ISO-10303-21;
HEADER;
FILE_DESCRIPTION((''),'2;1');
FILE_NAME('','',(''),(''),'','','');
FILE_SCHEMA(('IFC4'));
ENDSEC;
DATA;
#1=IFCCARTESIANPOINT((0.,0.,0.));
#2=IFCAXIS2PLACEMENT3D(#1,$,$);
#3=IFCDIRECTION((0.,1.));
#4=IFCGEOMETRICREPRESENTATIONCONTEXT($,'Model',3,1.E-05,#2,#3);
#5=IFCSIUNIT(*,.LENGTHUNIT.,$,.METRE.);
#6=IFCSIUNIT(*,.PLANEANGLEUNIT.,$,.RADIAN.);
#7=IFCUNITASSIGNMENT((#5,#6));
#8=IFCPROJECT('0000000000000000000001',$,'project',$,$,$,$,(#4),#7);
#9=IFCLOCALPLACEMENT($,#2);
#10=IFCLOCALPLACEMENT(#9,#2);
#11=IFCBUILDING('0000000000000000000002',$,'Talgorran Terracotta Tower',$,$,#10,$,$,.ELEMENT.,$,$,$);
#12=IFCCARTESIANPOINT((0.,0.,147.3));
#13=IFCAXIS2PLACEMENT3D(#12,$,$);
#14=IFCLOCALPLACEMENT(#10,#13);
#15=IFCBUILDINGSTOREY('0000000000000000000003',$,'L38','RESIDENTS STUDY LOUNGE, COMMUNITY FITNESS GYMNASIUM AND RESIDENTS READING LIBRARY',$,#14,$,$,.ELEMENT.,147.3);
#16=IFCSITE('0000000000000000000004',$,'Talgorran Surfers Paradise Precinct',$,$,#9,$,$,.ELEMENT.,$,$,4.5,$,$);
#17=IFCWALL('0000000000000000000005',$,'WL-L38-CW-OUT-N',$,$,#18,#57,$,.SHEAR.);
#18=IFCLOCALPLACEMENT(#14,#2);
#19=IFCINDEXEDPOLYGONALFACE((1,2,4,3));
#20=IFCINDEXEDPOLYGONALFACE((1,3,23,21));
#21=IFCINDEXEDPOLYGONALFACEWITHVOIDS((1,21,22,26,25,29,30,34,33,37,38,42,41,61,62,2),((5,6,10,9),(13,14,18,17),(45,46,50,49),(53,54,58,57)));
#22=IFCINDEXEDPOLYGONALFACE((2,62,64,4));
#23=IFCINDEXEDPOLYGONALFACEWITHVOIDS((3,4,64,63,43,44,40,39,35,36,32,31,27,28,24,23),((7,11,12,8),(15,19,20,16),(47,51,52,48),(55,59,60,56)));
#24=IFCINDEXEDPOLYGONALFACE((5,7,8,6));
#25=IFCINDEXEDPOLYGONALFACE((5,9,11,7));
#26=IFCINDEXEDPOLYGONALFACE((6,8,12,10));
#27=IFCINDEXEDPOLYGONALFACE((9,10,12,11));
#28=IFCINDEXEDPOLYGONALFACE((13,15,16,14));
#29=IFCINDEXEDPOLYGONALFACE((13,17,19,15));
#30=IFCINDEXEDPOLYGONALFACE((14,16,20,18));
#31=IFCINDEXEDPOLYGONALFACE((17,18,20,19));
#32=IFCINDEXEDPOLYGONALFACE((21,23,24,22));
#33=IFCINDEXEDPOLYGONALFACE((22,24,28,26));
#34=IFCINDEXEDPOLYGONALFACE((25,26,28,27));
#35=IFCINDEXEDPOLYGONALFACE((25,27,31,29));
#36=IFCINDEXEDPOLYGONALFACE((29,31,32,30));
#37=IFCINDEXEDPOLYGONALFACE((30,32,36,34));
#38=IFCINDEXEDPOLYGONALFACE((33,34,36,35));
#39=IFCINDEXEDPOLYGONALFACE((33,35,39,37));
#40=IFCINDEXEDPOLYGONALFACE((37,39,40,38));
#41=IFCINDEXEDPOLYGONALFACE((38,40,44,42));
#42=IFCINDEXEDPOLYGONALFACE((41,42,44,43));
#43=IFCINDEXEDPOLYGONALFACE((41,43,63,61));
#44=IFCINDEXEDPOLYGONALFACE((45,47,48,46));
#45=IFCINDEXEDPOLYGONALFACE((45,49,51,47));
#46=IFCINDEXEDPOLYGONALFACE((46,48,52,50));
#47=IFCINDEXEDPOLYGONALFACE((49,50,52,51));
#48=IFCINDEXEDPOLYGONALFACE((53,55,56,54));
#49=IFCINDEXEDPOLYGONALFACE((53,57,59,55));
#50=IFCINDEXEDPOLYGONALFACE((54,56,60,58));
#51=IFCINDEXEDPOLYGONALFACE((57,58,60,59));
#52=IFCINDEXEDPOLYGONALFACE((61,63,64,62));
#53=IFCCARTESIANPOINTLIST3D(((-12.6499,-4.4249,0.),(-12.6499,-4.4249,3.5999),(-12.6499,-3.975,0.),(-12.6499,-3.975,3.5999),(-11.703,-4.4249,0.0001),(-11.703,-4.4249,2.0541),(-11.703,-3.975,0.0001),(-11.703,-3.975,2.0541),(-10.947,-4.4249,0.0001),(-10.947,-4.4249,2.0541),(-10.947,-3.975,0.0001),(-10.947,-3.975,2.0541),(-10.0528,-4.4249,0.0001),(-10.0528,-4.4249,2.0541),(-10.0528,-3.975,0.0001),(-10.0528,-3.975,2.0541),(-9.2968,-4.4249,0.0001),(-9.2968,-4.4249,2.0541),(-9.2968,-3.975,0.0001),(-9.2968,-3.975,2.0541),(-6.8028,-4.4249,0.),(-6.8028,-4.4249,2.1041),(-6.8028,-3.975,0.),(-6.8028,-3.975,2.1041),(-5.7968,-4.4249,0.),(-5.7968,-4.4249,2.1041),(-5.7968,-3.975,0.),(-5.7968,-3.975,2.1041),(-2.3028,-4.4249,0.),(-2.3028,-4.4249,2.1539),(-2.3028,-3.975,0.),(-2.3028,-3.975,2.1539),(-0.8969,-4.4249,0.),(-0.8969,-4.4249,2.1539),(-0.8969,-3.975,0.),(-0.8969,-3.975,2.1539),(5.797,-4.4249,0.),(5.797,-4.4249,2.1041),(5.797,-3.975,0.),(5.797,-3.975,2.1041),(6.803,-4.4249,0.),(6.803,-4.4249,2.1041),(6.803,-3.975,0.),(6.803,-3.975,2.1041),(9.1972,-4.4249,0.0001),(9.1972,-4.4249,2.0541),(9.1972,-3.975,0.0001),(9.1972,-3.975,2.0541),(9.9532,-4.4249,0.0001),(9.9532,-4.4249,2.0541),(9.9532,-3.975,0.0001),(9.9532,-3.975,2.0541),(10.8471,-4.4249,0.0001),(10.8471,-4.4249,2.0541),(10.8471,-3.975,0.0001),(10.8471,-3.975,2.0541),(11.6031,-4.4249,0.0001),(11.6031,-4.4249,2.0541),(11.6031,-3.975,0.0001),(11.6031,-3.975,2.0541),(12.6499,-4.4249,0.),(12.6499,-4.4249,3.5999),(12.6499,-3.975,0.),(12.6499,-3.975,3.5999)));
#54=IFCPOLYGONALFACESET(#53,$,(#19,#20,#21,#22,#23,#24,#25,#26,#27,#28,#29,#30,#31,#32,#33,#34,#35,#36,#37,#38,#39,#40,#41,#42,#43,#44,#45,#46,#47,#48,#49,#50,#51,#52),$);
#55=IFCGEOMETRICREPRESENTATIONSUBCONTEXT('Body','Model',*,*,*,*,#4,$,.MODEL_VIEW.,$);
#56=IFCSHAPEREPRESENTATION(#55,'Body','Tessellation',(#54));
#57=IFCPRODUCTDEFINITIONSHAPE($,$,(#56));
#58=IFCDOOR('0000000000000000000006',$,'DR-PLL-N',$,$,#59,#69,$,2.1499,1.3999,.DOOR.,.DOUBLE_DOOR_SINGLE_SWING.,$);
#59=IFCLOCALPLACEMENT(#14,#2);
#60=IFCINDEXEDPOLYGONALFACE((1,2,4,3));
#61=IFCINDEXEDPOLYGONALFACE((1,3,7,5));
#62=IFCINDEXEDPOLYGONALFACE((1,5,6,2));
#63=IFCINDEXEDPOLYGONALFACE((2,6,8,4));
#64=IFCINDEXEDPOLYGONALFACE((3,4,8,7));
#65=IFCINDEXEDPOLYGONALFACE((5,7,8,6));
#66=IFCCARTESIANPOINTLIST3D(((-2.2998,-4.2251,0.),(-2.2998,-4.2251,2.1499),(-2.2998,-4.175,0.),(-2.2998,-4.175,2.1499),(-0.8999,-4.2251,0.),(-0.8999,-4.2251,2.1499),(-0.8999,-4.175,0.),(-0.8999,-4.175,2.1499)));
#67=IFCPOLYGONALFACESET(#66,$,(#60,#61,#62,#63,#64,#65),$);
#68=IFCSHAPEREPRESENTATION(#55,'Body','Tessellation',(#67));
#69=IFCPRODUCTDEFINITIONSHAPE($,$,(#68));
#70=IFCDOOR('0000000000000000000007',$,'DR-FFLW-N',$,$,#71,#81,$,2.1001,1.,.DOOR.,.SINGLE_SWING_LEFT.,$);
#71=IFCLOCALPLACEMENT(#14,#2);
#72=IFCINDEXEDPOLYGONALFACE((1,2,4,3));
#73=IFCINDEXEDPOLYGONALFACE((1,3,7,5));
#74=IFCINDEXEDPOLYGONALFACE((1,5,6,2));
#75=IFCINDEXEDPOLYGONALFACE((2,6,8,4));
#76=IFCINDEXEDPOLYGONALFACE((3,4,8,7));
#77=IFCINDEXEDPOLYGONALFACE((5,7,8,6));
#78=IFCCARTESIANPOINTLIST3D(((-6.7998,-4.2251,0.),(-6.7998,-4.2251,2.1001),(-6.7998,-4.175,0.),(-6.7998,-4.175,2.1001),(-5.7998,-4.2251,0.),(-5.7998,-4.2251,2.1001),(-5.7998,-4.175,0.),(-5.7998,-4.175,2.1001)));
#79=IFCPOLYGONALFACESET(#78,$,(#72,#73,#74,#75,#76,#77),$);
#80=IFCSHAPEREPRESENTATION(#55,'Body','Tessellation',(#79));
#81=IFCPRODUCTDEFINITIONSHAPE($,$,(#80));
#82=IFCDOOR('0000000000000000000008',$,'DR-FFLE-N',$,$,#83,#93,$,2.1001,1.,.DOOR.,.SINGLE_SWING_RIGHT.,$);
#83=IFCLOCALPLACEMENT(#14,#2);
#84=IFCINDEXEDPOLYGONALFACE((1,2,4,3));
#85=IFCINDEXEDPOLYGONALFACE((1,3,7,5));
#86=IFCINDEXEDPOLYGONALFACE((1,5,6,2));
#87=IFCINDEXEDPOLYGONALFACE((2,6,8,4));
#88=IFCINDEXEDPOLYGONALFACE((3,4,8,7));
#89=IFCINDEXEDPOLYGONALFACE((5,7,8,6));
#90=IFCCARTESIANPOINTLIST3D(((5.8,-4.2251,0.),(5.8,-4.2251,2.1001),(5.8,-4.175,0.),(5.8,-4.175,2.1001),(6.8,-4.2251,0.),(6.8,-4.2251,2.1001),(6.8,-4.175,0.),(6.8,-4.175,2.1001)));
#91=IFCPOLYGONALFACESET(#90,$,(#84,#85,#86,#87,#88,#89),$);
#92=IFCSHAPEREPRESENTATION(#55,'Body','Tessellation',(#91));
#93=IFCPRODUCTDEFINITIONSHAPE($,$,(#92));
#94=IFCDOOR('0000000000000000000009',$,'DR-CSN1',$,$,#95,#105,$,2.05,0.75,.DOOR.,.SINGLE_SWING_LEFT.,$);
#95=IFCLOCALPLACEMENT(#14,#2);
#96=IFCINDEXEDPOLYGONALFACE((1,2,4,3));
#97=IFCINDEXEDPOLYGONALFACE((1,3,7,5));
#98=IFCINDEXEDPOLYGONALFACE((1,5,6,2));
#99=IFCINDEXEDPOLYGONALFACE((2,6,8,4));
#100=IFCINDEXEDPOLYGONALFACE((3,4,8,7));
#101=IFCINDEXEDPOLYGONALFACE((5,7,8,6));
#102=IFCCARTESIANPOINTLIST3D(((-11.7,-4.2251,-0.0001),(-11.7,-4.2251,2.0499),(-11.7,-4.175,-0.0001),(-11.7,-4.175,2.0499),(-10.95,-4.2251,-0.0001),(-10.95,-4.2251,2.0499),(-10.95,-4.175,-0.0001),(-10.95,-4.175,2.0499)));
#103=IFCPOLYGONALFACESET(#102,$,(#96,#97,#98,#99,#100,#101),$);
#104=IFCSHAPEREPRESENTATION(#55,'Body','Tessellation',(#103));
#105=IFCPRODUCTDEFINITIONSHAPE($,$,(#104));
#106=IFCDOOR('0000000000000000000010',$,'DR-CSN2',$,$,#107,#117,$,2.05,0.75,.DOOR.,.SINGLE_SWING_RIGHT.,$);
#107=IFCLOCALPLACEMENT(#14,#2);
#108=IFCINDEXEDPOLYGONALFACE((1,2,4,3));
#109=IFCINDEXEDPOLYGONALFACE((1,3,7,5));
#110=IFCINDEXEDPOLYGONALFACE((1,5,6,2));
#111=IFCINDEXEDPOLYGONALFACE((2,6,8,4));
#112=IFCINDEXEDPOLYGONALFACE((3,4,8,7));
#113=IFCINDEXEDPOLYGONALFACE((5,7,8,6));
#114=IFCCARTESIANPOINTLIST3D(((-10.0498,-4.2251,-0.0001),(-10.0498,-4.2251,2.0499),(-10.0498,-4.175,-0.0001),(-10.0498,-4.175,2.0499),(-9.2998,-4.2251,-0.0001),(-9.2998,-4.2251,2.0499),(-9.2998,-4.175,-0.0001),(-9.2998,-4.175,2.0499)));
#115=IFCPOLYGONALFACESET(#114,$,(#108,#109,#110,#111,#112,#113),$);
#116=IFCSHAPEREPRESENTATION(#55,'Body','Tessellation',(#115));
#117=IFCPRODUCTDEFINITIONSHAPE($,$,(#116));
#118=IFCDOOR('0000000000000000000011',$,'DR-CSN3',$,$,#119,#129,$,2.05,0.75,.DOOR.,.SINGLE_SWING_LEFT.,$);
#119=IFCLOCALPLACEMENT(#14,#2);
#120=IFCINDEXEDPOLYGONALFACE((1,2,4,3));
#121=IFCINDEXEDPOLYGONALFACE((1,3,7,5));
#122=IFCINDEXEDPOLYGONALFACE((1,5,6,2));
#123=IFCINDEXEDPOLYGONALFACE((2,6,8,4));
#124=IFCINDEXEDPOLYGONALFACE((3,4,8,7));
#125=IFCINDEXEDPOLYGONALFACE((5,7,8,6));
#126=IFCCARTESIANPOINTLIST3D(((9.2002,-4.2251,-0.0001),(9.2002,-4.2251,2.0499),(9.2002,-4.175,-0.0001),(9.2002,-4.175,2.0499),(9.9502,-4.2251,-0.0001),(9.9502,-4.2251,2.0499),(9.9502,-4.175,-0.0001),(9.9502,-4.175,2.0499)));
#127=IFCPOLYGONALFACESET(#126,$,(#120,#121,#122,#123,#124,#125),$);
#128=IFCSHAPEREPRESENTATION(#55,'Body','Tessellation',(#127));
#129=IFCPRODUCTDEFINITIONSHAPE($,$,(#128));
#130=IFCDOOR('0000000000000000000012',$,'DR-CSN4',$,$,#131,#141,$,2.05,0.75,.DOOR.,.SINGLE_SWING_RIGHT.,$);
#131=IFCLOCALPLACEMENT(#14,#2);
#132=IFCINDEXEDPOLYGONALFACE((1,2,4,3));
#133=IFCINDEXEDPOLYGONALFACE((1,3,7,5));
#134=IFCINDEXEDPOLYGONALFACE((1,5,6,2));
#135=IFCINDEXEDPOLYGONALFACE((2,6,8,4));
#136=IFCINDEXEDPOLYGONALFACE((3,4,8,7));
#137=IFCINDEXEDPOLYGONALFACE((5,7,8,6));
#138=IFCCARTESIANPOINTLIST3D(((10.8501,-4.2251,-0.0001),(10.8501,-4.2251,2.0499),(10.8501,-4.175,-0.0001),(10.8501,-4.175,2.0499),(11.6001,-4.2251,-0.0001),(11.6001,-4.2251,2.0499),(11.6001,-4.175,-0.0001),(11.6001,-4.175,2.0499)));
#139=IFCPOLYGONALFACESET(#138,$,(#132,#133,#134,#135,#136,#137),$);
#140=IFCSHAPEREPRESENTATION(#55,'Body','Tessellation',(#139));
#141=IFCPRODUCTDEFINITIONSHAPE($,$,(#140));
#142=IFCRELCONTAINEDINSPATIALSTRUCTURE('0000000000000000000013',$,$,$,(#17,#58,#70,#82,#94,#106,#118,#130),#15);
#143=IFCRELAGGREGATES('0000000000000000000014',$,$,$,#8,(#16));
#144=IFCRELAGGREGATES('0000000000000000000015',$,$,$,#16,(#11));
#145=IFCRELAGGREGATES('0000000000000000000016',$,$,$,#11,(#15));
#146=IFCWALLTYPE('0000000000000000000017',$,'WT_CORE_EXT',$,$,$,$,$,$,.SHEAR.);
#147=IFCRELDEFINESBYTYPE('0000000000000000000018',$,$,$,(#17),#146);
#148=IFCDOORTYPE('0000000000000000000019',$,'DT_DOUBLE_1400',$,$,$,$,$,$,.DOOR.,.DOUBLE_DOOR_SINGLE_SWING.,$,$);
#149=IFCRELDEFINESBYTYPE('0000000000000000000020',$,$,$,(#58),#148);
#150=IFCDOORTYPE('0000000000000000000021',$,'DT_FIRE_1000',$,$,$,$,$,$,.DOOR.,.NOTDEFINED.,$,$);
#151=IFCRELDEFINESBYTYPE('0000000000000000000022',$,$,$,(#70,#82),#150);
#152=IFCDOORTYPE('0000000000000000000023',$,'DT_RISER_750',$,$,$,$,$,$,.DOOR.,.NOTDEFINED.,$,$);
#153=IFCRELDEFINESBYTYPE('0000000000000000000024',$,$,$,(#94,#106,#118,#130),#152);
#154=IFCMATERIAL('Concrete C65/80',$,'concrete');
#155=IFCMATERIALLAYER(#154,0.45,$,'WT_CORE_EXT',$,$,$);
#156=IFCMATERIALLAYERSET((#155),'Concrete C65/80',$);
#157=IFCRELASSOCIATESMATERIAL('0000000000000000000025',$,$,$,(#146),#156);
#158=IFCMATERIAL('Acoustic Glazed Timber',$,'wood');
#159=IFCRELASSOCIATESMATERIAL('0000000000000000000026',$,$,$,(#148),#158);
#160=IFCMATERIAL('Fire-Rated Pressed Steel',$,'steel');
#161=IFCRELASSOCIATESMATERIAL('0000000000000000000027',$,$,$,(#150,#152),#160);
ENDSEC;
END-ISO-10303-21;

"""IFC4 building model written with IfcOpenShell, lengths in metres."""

from ifc_helpers import new_model, si_unit, direction, frame, frame_2d, origin, place, context, subcontext, project, spatial, rectangle, extrude, material, layer, layer_set, type_object, element, fill, save


model = new_model("IFC4")

# Units and contexts
model_context = context("Model", 3, precision=1e-05, world=origin(), true_north=direction((0.0, 1.0)))
body_context = subcontext(model_context, "Body", "Model", "MODEL_VIEW")
ifc_project = project(units=[si_unit("LENGTHUNIT", "METRE"), si_unit("PLANEANGLEUNIT", "RADIAN")], contexts=[model_context])

# Site, building, storey
site_placement = place(None, origin())
site = spatial("IfcSite", under=ifc_project, at=site_placement, Name="Talgorran Surfers Paradise Precinct", CompositionType="ELEMENT", RefElevation=4.5)
building_placement = place(site_placement, origin())
building = spatial("IfcBuilding", under=site, at=building_placement, Name="Talgorran Terracotta Tower", CompositionType="ELEMENT")
storey_placement = place(building_placement, frame((0.0, 0.0, 147.3)))
storey = spatial("IfcBuildingStorey", under=building, at=storey_placement, Name="L38", Description="RESIDENTS STUDY LOUNGE, COMMUNITY FITNESS GYMNASIUM AND RESIDENTS READING LIBRARY", CompositionType="ELEMENT", Elevation=147.3)

# Wall, openings, doors
ifc_material_1 = material(Name="Concrete C65/80", Category="concrete")
ifc_layer_1 = layer(ifc_material_1, 0.45, Name="WT_CORE_EXT")
ifc_layer_set_1 = layer_set([ifc_layer_1], Name="Concrete C65/80")
wall_type_1 = type_object("IfcWallType", Name="WT_CORE_EXT", PredefinedType="SHEAR", material=ifc_layer_set_1)
wall_1_placement = place(storey_placement, frame((-12.6499, -4.2, 0.0), z_axis=(0.0, 0.0, 1.0), x_axis=(1.0, 0.0, 0.0)))
wall_1 = element("IfcWall", 1, at=wall_1_placement, inside=storey, type_object=wall_type_1, Name="WL-L38-CW-OUT-N", PredefinedType="SHEAR", context=body_context, shape_type="SweptSolid", body=[
    extrude(rectangle(XDim=25.2998, YDim=0.45, at=frame_2d((12.6499, 0.0))), origin(), (0.0, 0.0, 1.0), 3.5999),
])
opening_1_placement = place(wall_1_placement, frame((0.95, 0.0, 0.0)))
opening_1 = element("IfcOpeningElement", 2, at=opening_1_placement, cuts=wall_1, PredefinedType="OPENING", context=body_context, shape_type="SweptSolid", body=[
    extrude(rectangle(XDim=0.756, YDim=2.054, at=frame_2d((0.375, 1.0271))), frame((0.0, 0.2349, 0.0), z_axis=(0.0, -1.0, 0.0), x_axis=(1.0, 0.0, 0.0)), (0.0, 0.0, 1.0), 0.47),
])
opening_2_placement = place(wall_1_placement, frame((2.6001, 0.0, 0.0)))
opening_2 = element("IfcOpeningElement", 3, at=opening_2_placement, cuts=wall_1, PredefinedType="OPENING", context=body_context, shape_type="SweptSolid", body=[
    extrude(rectangle(XDim=0.756, YDim=2.054, at=frame_2d((0.375, 1.0271))), frame((0.0, 0.2349, 0.0), z_axis=(0.0, -1.0, 0.0), x_axis=(1.0, 0.0, 0.0)), (0.0, 0.0, 1.0), 0.47),
])
opening_3_placement = place(wall_1_placement, frame((21.8501, 0.0, 0.0)))
opening_3 = element("IfcOpeningElement", 4, at=opening_3_placement, cuts=wall_1, PredefinedType="OPENING", context=body_context, shape_type="SweptSolid", body=[
    extrude(rectangle(XDim=0.756, YDim=2.054, at=frame_2d((0.375, 1.0271))), frame((0.0, 0.2349, 0.0), z_axis=(0.0, -1.0, 0.0), x_axis=(1.0, 0.0, 0.0)), (0.0, 0.0, 1.0), 0.47),
])
opening_4_placement = place(wall_1_placement, frame((23.5, 0.0, 0.0)))
opening_4 = element("IfcOpeningElement", 5, at=opening_4_placement, cuts=wall_1, PredefinedType="OPENING", context=body_context, shape_type="SweptSolid", body=[
    extrude(rectangle(XDim=0.756, YDim=2.054, at=frame_2d((0.375, 1.0271))), frame((0.0, 0.2349, 0.0), z_axis=(0.0, -1.0, 0.0), x_axis=(1.0, 0.0, 0.0)), (0.0, 0.0, 1.0), 0.47),
])
opening_5_placement = place(wall_1_placement, frame((5.8501, 0.0, 0.0)))
opening_5 = element("IfcOpeningElement", 6, at=opening_5_placement, cuts=wall_1, PredefinedType="OPENING", context=body_context, shape_type="SweptSolid", body=[
    extrude(rectangle(XDim=1.006, YDim=2.1041, at=frame_2d((0.5, 1.052))), frame((0.0, 0.2349, 0.0), z_axis=(0.0, -1.0, 0.0), x_axis=(1.0, 0.0, 0.0)), (0.0, 0.0, 1.0), 0.47),
])
opening_6_placement = place(wall_1_placement, frame((10.3501, 0.0, 0.0)))
opening_6 = element("IfcOpeningElement", 7, at=opening_6_placement, cuts=wall_1, PredefinedType="OPENING", context=body_context, shape_type="SweptSolid", body=[
    extrude(rectangle(XDim=1.4059, YDim=2.1539, at=frame_2d((0.7, 1.0769))), frame((0.0, 0.2349, 0.0), z_axis=(0.0, -1.0, 0.0), x_axis=(1.0, 0.0, 0.0)), (0.0, 0.0, 1.0), 0.47),
])
opening_7_placement = place(wall_1_placement, frame((18.45, 0.0, 0.0)))
opening_7 = element("IfcOpeningElement", 8, at=opening_7_placement, cuts=wall_1, PredefinedType="OPENING", context=body_context, shape_type="SweptSolid", body=[
    extrude(rectangle(XDim=1.006, YDim=2.1041, at=frame_2d((0.5, 1.052))), frame((0.0, 0.2349, 0.0), z_axis=(0.0, -1.0, 0.0), x_axis=(1.0, 0.0, 0.0)), (0.0, 0.0, 1.0), 0.47),
])
ifc_material_2 = material(Name="Acoustic Glazed Timber", Category="wood")
door_type_1 = type_object("IfcDoorType", Name="DT_DOUBLE_1400", OperationType="DOUBLE_DOOR_SINGLE_SWING", PredefinedType="DOOR", material=ifc_material_2)
door_1_placement = place(opening_6_placement, origin())
door_1 = element("IfcDoor", 9, at=door_1_placement, inside=storey, type_object=door_type_1, Name="DR-PLL-N", OperationType="DOUBLE_DOOR_SINGLE_SWING", OverallHeight=2.1499, OverallWidth=1.3999, PredefinedType="DOOR", context=body_context, shape_type="SweptSolid", body=[
    extrude(rectangle(XDim=1.3999, YDim=2.1499, at=frame_2d((0.7, 1.075))), frame((0.0, 0.0249, 0.0), z_axis=(0.0, -1.0, 0.0), x_axis=(1.0, 0.0, 0.0)), (0.0, 0.0, 1.0), 0.05),
])
fill(opening_6, door_1)
ifc_material_3 = material(Name="Fire-Rated Pressed Steel", Category="steel")
door_type_2 = type_object("IfcDoorType", Name="DT_FIRE_1000", OperationType="NOTDEFINED", PredefinedType="DOOR", material=ifc_material_3)
door_2_placement = place(opening_5_placement, origin())
door_2 = element("IfcDoor", 10, at=door_2_placement, inside=storey, type_object=door_type_2, Name="DR-FFLW-N", OperationType="SINGLE_SWING_LEFT", OverallHeight=2.1001, OverallWidth=1.0, PredefinedType="DOOR", context=body_context, shape_type="SweptSolid", body=[
    extrude(rectangle(XDim=1.0, YDim=2.1001, at=frame_2d((0.5, 1.05))), frame((0.0, 0.0249, 0.0), z_axis=(0.0, -1.0, 0.0), x_axis=(1.0, 0.0, 0.0)), (0.0, 0.0, 1.0), 0.05),
])
fill(opening_5, door_2)
door_3_placement = place(opening_7_placement, origin())
door_3 = element("IfcDoor", 11, at=door_3_placement, inside=storey, type_object=door_type_2, Name="DR-FFLE-N", OperationType="SINGLE_SWING_RIGHT", OverallHeight=2.1001, OverallWidth=1.0, PredefinedType="DOOR", context=body_context, shape_type="SweptSolid", body=[
    extrude(rectangle(XDim=1.0, YDim=2.1001, at=frame_2d((0.5, 1.05))), frame((0.0, 0.0249, 0.0), z_axis=(0.0, -1.0, 0.0), x_axis=(1.0, 0.0, 0.0)), (0.0, 0.0, 1.0), 0.05),
])
fill(opening_7, door_3)
door_type_3 = type_object("IfcDoorType", Name="DT_RISER_750", OperationType="NOTDEFINED", PredefinedType="DOOR", material=ifc_material_3)
door_4_placement = place(opening_1_placement, origin())
door_4 = element("IfcDoor", 12, at=door_4_placement, inside=storey, type_object=door_type_3, Name="DR-CSN1", OperationType="SINGLE_SWING_LEFT", OverallHeight=2.05, OverallWidth=0.75, PredefinedType="DOOR", context=body_context, shape_type="SweptSolid", body=[
    extrude(rectangle(XDim=0.75, YDim=2.05, at=frame_2d((0.375, 1.0249))), frame((0.0, 0.0249, 0.0), z_axis=(0.0, -1.0, 0.0), x_axis=(1.0, 0.0, 0.0)), (0.0, 0.0, 1.0), 0.05),
])
fill(opening_1, door_4)
door_5_placement = place(opening_2_placement, origin())
door_5 = element("IfcDoor", 13, at=door_5_placement, inside=storey, type_object=door_type_3, Name="DR-CSN2", OperationType="SINGLE_SWING_RIGHT", OverallHeight=2.05, OverallWidth=0.75, PredefinedType="DOOR", context=body_context, shape_type="SweptSolid", body=[
    extrude(rectangle(XDim=0.75, YDim=2.05, at=frame_2d((0.375, 1.0249))), frame((0.0, 0.0249, 0.0), z_axis=(0.0, -1.0, 0.0), x_axis=(1.0, 0.0, 0.0)), (0.0, 0.0, 1.0), 0.05),
])
fill(opening_2, door_5)
door_6_placement = place(opening_3_placement, origin())
door_6 = element("IfcDoor", 14, at=door_6_placement, inside=storey, type_object=door_type_3, Name="DR-CSN3", OperationType="SINGLE_SWING_LEFT", OverallHeight=2.05, OverallWidth=0.75, PredefinedType="DOOR", context=body_context, shape_type="SweptSolid", body=[
    extrude(rectangle(XDim=0.75, YDim=2.05, at=frame_2d((0.375, 1.0249))), frame((0.0, 0.0249, 0.0), z_axis=(0.0, -1.0, 0.0), x_axis=(1.0, 0.0, 0.0)), (0.0, 0.0, 1.0), 0.05),
])
fill(opening_3, door_6)
door_7_placement = place(opening_4_placement, origin())
door_7 = element("IfcDoor", 15, at=door_7_placement, inside=storey, type_object=door_type_3, Name="DR-CSN4", OperationType="SINGLE_SWING_RIGHT", OverallHeight=2.05, OverallWidth=0.75, PredefinedType="DOOR", context=body_context, shape_type="SweptSolid", body=[
    extrude(rectangle(XDim=0.75, YDim=2.05, at=frame_2d((0.375, 1.0249))), frame((0.0, 0.0249, 0.0), z_axis=(0.0, -1.0, 0.0), x_axis=(1.0, 0.0, 0.0)), (0.0, 0.0, 1.0), 0.05),
])
fill(opening_4, door_7)

save(model, "model.ifc")
